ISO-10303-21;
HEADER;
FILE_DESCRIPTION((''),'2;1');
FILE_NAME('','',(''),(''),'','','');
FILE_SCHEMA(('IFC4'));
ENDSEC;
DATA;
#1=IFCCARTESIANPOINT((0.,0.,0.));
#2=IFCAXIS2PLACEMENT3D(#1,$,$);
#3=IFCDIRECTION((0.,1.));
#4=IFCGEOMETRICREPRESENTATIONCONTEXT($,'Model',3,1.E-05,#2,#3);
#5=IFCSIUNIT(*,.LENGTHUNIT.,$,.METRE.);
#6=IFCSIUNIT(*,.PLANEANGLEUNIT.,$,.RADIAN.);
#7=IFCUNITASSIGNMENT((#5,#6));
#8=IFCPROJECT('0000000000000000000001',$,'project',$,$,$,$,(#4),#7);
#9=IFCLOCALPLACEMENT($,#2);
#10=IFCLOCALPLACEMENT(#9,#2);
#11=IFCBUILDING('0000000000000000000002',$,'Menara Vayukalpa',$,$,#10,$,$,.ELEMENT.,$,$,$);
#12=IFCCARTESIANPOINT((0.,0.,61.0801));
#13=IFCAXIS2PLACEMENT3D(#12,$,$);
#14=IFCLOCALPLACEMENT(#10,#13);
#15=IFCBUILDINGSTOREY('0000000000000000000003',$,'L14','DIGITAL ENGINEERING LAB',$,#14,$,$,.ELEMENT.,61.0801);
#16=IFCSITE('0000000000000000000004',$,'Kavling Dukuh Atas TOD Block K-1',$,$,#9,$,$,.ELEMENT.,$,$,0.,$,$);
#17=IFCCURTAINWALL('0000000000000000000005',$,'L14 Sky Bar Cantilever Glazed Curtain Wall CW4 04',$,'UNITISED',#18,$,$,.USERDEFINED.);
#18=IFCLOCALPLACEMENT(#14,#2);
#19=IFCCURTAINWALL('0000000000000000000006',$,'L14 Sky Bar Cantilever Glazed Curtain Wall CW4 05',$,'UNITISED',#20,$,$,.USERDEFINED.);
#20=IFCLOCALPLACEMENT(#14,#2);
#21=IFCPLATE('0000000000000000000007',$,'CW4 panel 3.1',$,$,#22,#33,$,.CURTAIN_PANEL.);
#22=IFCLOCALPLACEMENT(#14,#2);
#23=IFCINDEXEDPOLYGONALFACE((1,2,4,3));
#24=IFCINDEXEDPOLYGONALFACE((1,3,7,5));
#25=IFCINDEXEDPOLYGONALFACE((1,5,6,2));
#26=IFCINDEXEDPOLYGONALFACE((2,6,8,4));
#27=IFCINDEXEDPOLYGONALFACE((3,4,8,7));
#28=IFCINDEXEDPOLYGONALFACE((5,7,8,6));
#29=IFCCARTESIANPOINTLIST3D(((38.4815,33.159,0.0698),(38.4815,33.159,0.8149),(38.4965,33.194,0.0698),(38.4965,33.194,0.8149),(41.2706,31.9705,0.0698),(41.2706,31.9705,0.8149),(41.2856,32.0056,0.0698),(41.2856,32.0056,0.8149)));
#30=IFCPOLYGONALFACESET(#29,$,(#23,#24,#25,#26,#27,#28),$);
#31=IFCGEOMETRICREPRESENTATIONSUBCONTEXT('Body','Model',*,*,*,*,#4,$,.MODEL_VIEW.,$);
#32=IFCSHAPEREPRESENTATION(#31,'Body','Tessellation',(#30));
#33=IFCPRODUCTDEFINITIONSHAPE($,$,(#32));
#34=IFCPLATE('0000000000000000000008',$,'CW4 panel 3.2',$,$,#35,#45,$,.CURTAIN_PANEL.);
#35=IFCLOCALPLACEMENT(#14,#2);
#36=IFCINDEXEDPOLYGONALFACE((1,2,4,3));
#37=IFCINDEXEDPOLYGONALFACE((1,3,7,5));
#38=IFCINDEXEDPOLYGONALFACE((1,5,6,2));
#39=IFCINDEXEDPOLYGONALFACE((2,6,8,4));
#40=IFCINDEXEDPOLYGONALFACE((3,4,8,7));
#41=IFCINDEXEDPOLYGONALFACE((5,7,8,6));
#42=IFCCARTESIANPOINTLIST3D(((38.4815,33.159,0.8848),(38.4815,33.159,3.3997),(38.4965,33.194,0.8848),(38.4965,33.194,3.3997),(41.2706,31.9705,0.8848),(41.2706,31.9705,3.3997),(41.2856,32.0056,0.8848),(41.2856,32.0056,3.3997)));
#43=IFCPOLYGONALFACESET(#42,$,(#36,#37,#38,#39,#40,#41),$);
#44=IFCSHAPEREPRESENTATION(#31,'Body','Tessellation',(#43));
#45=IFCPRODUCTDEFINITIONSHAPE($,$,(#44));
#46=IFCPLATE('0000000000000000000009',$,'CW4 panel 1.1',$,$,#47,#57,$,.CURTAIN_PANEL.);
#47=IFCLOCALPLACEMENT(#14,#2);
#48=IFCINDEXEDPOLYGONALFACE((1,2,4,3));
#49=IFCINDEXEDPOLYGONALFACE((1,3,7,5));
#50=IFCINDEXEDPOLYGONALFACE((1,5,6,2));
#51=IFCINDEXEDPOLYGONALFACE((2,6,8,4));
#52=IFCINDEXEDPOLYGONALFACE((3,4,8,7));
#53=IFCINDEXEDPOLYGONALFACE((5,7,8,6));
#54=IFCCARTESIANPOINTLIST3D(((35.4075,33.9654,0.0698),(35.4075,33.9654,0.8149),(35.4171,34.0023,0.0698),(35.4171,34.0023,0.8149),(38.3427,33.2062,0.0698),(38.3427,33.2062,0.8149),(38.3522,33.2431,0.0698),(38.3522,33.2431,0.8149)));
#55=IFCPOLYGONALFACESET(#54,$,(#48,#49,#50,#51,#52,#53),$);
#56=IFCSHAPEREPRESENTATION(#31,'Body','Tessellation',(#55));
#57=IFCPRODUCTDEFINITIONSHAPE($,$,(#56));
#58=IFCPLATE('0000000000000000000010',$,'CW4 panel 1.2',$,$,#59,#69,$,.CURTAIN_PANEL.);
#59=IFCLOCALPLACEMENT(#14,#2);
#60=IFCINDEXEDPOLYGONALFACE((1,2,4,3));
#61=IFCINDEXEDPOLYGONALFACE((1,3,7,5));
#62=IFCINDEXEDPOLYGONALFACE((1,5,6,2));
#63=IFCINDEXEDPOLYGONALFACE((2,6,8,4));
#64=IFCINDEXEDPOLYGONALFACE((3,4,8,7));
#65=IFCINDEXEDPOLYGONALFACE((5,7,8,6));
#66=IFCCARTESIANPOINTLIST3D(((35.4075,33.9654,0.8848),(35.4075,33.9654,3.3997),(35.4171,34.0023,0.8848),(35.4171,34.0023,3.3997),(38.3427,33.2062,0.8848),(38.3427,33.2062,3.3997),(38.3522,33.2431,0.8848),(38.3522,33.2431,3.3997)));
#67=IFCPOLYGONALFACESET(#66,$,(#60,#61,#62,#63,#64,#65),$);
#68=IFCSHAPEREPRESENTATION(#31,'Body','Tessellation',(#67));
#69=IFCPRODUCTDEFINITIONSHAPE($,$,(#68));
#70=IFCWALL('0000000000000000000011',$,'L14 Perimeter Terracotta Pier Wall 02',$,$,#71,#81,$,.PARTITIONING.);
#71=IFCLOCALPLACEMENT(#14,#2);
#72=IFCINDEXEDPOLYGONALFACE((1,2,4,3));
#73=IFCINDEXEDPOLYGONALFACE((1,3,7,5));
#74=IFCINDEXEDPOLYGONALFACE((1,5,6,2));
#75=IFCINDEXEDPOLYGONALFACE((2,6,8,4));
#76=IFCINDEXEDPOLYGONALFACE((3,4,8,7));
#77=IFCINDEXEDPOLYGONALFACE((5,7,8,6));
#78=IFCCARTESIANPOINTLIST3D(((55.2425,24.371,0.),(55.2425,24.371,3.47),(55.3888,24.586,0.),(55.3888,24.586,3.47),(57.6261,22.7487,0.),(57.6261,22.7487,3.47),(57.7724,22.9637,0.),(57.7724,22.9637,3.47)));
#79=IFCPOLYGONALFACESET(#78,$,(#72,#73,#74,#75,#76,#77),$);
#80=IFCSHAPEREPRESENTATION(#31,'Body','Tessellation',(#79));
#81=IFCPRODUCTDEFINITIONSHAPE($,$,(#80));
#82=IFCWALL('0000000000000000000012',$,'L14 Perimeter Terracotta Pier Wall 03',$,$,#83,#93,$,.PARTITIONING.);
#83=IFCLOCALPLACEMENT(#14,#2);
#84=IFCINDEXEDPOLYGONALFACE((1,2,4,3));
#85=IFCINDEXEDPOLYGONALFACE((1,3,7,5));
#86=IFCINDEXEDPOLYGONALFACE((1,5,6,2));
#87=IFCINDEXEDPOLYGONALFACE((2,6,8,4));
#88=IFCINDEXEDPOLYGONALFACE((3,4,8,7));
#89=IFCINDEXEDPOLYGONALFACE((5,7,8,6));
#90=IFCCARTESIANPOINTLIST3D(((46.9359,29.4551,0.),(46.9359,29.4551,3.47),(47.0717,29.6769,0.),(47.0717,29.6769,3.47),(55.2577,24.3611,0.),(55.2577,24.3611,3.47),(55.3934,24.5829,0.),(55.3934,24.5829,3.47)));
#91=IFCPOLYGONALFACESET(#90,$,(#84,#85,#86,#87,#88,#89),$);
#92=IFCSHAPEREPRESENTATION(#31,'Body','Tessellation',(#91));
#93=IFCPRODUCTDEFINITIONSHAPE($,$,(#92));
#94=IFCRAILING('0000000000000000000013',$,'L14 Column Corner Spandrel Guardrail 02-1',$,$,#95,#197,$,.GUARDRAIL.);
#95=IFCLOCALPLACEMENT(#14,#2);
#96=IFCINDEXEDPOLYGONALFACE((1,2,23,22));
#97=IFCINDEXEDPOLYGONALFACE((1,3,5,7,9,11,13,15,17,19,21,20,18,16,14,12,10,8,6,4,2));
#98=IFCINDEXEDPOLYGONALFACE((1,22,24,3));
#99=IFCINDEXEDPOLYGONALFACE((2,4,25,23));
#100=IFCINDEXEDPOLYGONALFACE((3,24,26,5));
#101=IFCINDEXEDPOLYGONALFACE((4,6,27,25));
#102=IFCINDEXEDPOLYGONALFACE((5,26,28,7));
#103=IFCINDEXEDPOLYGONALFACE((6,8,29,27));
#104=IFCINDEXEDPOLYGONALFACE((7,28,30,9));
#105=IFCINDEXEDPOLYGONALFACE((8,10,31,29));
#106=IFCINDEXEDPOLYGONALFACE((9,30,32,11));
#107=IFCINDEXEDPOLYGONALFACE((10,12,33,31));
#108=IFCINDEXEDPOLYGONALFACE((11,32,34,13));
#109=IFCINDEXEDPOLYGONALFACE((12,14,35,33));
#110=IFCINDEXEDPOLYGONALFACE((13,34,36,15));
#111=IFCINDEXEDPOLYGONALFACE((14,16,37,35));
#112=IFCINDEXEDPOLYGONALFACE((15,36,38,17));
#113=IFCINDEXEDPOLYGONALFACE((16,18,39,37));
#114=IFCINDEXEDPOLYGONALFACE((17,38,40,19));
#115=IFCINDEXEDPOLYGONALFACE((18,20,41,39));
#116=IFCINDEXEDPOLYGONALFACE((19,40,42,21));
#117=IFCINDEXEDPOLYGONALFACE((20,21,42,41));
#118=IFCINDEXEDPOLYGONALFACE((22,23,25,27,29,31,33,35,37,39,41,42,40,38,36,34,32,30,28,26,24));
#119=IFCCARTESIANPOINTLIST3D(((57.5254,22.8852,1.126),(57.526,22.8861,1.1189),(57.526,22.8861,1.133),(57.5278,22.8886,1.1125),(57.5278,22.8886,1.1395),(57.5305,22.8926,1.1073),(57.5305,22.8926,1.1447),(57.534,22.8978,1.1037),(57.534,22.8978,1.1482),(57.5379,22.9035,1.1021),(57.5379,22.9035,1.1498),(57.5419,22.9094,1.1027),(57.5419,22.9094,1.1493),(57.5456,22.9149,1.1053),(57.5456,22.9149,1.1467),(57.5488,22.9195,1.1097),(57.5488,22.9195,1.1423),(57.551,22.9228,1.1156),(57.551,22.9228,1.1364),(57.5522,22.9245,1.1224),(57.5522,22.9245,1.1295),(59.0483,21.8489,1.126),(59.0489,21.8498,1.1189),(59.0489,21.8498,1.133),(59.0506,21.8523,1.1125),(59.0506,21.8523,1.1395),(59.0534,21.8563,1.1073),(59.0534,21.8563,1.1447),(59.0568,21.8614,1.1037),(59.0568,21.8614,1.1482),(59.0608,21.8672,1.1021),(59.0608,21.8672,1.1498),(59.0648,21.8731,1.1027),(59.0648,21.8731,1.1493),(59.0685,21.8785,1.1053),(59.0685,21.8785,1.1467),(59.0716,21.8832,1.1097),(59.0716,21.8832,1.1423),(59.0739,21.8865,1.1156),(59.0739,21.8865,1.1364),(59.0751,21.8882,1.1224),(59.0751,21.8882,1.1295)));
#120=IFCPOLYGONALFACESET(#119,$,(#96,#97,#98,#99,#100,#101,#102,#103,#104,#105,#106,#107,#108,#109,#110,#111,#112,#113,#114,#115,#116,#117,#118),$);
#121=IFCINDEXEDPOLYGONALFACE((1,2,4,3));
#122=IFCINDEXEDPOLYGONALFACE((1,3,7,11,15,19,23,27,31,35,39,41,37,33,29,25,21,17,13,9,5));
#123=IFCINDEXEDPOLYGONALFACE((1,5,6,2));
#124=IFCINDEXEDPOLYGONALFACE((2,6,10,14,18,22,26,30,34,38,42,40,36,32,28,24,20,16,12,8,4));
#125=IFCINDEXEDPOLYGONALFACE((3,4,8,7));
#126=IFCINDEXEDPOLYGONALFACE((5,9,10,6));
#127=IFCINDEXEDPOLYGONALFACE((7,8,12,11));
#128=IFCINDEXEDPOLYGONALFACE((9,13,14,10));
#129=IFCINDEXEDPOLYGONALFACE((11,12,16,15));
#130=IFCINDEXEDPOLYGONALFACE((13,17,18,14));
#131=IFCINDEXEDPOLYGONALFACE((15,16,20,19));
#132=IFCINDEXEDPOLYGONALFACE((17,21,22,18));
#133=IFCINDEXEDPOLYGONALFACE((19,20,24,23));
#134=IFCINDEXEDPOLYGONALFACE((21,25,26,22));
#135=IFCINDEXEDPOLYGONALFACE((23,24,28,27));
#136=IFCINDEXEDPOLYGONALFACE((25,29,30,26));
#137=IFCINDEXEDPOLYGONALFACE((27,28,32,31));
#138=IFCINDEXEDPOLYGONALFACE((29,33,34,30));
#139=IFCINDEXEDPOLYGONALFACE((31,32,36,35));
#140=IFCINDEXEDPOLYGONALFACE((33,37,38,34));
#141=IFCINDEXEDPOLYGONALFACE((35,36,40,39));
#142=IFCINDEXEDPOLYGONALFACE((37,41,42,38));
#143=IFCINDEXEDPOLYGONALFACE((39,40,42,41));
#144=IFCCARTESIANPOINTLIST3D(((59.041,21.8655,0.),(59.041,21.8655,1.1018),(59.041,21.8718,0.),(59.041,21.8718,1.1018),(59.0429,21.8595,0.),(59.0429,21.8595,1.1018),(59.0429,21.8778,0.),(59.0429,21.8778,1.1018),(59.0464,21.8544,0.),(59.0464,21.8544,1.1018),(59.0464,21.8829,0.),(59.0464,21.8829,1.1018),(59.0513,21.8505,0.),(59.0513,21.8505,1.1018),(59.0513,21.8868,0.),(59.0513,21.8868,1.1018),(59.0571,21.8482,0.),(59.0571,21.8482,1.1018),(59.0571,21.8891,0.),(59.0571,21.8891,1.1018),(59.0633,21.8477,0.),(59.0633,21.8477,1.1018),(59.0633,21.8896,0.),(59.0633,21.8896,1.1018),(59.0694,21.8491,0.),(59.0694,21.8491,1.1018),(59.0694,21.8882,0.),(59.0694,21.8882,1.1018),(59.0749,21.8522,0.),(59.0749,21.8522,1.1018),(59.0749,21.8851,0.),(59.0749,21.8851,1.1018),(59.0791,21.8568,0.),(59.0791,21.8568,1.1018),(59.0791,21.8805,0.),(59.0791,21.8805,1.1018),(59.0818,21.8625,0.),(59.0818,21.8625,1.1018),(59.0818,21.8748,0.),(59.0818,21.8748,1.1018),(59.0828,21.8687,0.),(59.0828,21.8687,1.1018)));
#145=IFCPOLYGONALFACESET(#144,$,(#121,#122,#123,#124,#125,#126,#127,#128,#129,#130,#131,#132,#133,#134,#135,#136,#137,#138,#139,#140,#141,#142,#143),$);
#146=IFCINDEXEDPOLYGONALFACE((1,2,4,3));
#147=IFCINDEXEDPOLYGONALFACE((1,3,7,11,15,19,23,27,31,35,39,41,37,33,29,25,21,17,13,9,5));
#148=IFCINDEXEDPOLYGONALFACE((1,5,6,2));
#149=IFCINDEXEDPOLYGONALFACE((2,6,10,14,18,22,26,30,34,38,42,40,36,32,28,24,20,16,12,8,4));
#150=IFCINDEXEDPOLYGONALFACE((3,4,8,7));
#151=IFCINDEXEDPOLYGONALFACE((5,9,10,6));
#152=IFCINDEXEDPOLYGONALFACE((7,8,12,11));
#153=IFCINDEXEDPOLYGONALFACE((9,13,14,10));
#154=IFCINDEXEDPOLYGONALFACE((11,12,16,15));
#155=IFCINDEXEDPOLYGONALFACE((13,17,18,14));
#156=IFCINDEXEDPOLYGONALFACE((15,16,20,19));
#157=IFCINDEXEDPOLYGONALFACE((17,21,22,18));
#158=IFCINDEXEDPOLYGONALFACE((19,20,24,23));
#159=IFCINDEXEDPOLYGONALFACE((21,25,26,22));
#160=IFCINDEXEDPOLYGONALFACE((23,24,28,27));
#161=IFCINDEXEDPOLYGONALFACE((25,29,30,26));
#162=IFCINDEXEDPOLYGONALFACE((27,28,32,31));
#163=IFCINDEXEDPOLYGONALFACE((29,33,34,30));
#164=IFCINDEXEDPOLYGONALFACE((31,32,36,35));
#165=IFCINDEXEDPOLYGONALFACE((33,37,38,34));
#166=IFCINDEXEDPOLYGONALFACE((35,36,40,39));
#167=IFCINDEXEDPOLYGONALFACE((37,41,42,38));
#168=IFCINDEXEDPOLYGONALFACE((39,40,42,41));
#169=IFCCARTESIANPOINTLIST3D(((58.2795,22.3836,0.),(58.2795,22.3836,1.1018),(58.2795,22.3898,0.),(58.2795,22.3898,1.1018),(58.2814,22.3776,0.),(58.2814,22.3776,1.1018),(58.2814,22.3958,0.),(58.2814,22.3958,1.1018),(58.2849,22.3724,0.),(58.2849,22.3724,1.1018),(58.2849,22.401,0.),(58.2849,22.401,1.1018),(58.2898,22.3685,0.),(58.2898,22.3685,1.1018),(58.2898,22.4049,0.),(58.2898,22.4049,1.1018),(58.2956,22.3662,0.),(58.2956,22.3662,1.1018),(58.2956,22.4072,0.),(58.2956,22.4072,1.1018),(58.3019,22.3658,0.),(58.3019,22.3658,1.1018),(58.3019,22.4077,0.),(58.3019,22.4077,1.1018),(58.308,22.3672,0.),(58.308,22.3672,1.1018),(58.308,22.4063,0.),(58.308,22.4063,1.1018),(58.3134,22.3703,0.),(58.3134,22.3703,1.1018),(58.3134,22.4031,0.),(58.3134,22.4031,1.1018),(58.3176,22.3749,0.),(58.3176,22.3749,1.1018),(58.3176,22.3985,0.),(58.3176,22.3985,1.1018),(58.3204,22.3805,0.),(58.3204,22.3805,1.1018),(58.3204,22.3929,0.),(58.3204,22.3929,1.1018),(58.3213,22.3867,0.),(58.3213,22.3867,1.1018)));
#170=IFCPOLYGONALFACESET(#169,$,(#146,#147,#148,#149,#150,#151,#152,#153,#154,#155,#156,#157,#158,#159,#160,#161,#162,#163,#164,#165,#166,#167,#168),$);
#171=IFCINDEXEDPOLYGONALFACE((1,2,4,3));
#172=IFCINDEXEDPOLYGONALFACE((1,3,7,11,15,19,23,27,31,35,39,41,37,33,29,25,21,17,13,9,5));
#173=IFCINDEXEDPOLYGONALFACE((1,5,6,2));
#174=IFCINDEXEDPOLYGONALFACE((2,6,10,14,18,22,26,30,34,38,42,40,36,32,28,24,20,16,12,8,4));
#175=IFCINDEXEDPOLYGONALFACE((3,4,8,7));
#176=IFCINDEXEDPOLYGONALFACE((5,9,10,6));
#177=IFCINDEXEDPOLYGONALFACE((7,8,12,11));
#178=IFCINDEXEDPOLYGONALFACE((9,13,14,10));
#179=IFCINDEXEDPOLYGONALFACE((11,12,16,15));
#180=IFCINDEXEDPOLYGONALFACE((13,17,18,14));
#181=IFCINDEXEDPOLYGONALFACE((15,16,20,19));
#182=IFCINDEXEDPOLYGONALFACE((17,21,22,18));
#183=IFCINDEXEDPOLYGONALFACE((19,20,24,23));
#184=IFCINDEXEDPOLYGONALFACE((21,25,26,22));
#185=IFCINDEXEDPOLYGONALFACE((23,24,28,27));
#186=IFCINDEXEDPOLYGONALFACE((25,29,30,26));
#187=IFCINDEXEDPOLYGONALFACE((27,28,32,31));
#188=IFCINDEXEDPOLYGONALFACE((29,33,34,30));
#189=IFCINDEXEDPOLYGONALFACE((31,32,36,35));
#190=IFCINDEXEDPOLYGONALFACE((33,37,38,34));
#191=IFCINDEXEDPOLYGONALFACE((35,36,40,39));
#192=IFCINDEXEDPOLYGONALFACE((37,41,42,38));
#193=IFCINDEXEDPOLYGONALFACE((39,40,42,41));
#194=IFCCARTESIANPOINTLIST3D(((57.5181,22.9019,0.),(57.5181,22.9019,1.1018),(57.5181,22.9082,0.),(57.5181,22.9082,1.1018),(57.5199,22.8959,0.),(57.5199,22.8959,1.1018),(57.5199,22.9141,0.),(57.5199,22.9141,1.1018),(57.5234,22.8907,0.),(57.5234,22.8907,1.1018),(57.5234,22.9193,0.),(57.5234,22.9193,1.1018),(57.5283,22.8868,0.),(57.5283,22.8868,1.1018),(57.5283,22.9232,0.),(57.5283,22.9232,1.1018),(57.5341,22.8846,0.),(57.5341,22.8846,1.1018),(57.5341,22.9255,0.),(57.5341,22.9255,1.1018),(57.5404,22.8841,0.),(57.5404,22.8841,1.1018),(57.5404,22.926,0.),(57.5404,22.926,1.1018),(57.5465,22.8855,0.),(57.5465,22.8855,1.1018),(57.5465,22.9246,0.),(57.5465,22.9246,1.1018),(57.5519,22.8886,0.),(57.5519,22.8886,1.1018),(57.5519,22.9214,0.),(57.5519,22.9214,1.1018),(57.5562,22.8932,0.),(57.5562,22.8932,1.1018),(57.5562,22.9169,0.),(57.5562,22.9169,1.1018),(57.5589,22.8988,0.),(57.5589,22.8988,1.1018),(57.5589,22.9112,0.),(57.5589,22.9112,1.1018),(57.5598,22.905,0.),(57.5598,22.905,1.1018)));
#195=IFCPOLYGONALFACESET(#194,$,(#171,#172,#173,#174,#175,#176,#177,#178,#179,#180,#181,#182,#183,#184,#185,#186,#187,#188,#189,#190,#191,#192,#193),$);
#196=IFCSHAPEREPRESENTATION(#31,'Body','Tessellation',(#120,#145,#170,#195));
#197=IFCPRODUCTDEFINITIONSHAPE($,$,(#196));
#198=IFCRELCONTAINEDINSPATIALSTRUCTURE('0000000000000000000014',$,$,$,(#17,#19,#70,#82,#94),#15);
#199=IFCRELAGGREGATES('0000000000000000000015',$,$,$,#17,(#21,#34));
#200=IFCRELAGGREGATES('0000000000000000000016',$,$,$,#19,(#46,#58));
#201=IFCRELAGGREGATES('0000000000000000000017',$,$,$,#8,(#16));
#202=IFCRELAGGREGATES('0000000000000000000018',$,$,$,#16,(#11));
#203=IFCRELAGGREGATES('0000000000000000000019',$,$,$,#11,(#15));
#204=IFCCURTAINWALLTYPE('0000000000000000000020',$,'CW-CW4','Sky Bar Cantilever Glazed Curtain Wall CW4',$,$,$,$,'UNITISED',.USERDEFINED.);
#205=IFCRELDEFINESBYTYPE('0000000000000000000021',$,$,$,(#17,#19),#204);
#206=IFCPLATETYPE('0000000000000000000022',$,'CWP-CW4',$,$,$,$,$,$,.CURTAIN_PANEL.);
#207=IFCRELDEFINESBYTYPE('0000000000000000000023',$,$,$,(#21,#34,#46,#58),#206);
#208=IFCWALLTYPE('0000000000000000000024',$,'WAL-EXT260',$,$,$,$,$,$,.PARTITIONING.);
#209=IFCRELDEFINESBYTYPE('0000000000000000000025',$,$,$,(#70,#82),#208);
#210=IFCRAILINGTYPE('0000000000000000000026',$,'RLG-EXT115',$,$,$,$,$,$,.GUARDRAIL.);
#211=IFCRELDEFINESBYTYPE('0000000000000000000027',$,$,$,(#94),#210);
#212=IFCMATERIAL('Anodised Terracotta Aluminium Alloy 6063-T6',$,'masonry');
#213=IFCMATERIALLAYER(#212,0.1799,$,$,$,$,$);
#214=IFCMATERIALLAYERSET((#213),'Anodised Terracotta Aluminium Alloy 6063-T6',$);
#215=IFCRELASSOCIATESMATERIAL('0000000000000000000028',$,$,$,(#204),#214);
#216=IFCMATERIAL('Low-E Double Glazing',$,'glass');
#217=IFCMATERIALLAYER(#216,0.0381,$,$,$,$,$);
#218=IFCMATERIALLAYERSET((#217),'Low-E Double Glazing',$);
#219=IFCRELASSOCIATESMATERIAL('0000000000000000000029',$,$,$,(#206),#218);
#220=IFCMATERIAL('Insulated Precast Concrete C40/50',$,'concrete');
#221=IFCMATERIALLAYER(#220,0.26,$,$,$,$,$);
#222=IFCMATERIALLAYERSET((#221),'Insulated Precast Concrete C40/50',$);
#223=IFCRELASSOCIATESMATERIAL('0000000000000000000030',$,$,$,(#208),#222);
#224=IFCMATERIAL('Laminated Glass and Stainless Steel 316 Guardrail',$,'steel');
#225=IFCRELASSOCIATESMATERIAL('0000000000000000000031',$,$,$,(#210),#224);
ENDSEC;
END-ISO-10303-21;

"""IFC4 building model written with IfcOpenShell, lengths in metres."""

from ifc_helpers import new_model, si_unit, direction, frame, frame_2d, origin, origin_2d, place, context, subcontext, project, spatial, rectangle, circle, extrude, material, layer, layer_set, type_object, element, aggregate, save


model = new_model("IFC4")

# Units and contexts
model_context = context("Model", 3, precision=1e-05, world=origin(), true_north=direction((0.0, 1.0)))
body_context = subcontext(model_context, "Body", "Model", "MODEL_VIEW")
ifc_project = project(units=[si_unit("LENGTHUNIT", "METRE"), si_unit("PLANEANGLEUNIT", "RADIAN")], contexts=[model_context])

# Site, building, storey
site_placement = place(None, origin())
site = spatial("IfcSite", under=ifc_project, at=site_placement, Name="Kavling Dukuh Atas TOD Block K-1", CompositionType="ELEMENT", RefElevation=0.0)
building_placement = place(site_placement, origin())
building = spatial("IfcBuilding", under=site, at=building_placement, Name="Menara Vayukalpa", CompositionType="ELEMENT")
storey_placement = place(building_placement, frame((0.0, 0.0, 61.0801)))
storey = spatial("IfcBuildingStorey", under=building, at=storey_placement, Name="L14", Description="DIGITAL ENGINEERING LAB", CompositionType="ELEMENT", Elevation=61.0801)

# Curtain walls
ifc_material_1 = material(Name="Anodised Terracotta Aluminium Alloy 6063-T6", Category="masonry")
ifc_layer_1 = layer(ifc_material_1, 0.1799)
ifc_layer_set_1 = layer_set([ifc_layer_1], Name="Anodised Terracotta Aluminium Alloy 6063-T6")
curtain_wall_type = type_object("IfcCurtainWallType", Name="CW-CW4", Description="Sky Bar Cantilever Glazed Curtain Wall CW4", ElementType="UNITISED", PredefinedType="USERDEFINED", material=ifc_layer_set_1)
curtain_wall_1_placement = place(storey_placement, origin())
curtain_wall_1 = element("IfcCurtainWall", 1, at=curtain_wall_1_placement, inside=storey, type_object=curtain_wall_type, Name="L14 Sky Bar Cantilever Glazed Curtain Wall CW4 04", ObjectType="UNITISED", PredefinedType="USERDEFINED")
curtain_wall_2_placement = place(storey_placement, origin())
curtain_wall_2 = element("IfcCurtainWall", 2, at=curtain_wall_2_placement, inside=storey, type_object=curtain_wall_type, Name="L14 Sky Bar Cantilever Glazed Curtain Wall CW4 05", ObjectType="UNITISED", PredefinedType="USERDEFINED")

# Plates
ifc_material_2 = material(Name="Low-E Double Glazing", Category="glass")
ifc_layer_2 = layer(ifc_material_2, 0.0381)
ifc_layer_set_2 = layer_set([ifc_layer_2], Name="Low-E Double Glazing")
plate_type = type_object("IfcPlateType", Name="CWP-CW4", PredefinedType="CURTAIN_PANEL", material=ifc_layer_set_2)
plate_1_placement = place(storey_placement, frame((39.8835, 32.5823, 0.0698), z_axis=(0.0, 0.0, 1.0), x_axis=(-0.919962, 0.392008, 0.0)))
plate_1 = element("IfcPlate", 3, at=plate_1_placement, type_object=plate_type, Name="CW4 panel 3.1", PredefinedType="CURTAIN_PANEL", context=body_context, shape_type="SweptSolid", body=[
    extrude(rectangle(XDim=3.0317, YDim=0.0381, at=origin_2d()), origin(), (0.0, 0.0, 1.0), 0.7451),
])
plate_2_placement = place(storey_placement, frame((39.8835, 32.5823, 0.8848), z_axis=(0.0, 0.0, 1.0), x_axis=(-0.919962, 0.392008, 0.0)))
plate_2 = element("IfcPlate", 4, at=plate_2_placement, type_object=plate_type, Name="CW4 panel 3.2", PredefinedType="CURTAIN_PANEL", context=body_context, shape_type="SweptSolid", body=[
    extrude(rectangle(XDim=3.0317, YDim=0.0381, at=origin_2d()), origin(), (0.0, 0.0, 1.0), 2.5149),
])
aggregate(curtain_wall_1, [plate_1, plate_2])
plate_3_placement = place(storey_placement, frame((36.8799, 33.6042, 0.0698), z_axis=(0.0, 0.0, 1.0), x_axis=(-0.968142, 0.250403, 0.0)))
plate_3 = element("IfcPlate", 5, at=plate_3_placement, type_object=plate_type, Name="CW4 panel 1.1", PredefinedType="CURTAIN_PANEL", context=body_context, shape_type="SweptSolid", body=[
    extrude(rectangle(XDim=3.0317, YDim=0.0381, at=origin_2d()), origin(), (0.0, 0.0, 1.0), 0.7451),
])
plate_4_placement = place(storey_placement, frame((36.8799, 33.6042, 0.8848), z_axis=(0.0, 0.0, 1.0), x_axis=(-0.968142, 0.250403, 0.0)))
plate_4 = element("IfcPlate", 6, at=plate_4_placement, type_object=plate_type, Name="CW4 panel 1.2", PredefinedType="CURTAIN_PANEL", context=body_context, shape_type="SweptSolid", body=[
    extrude(rectangle(XDim=3.0317, YDim=0.0381, at=origin_2d()), origin(), (0.0, 0.0, 1.0), 2.5149),
])
aggregate(curtain_wall_2, [plate_3, plate_4])

# Walls
ifc_material_3 = material(Name="Insulated Precast Concrete C40/50", Category="concrete")
ifc_layer_3 = layer(ifc_material_3, 0.26)
ifc_layer_set_3 = layer_set([ifc_layer_3], Name="Insulated Precast Concrete C40/50")
wall_type = type_object("IfcWallType", Name="WAL-EXT260", PredefinedType="PARTITIONING", material=ifc_layer_set_3)
wall_1_placement = place(storey_placement, frame((55.3157, 24.4785, 0.0), z_axis=(0.0, 0.0, 1.0), x_axis=(0.826684, -0.562667, 0.0)))
element("IfcWall", 7, at=wall_1_placement, inside=storey, type_object=wall_type, Name="L14 Perimeter Terracotta Pier Wall 02", PredefinedType="PARTITIONING", context=body_context, shape_type="SweptSolid", body=[
    extrude(rectangle(XDim=2.8833, YDim=0.26, at=frame_2d((1.4417, 0.0))), origin(), (0.0, 0.0, 1.0), 3.47),
])
wall_2_placement = place(storey_placement, frame((47.0039, 29.5659, 0.0), z_axis=(0.0, 0.0, 1.0), x_axis=(0.852896, -0.522081, 0.0)))
element("IfcWall", 8, at=wall_2_placement, inside=storey, type_object=wall_type, Name="L14 Perimeter Terracotta Pier Wall 03", PredefinedType="PARTITIONING", context=body_context, shape_type="SweptSolid", body=[
    extrude(rectangle(XDim=9.7571, YDim=0.26, at=frame_2d((4.8784, 0.0))), origin(), (0.0, 0.0, 1.0), 3.47),
])

# Railing
ifc_material_4 = material(Name="Laminated Glass and Stainless Steel 316 Guardrail", Category="steel")
railing_type = type_object("IfcRailingType", Name="RLG-EXT115", PredefinedType="GUARDRAIL", material=ifc_material_4)
railing_placement = place(storey_placement, frame((59.0618, 21.8687, 0.0)))
element("IfcRailing", 9, at=railing_placement, inside=storey, type_object=railing_type, Name="L14 Column Corner Spandrel Guardrail 02-1", PredefinedType="GUARDRAIL", context=body_context, shape_type="SweptSolid", body=[
    extrude(circle(Radius=0.0239, at=origin_2d()), frame((0.0, 0.0, 1.126), z_axis=(-0.826732, 0.562596, 0.0), x_axis=(-0.562596, -0.826732, 0.0)), (0.0, 0.0, 1.0), 1.842),
    extrude(circle(Radius=0.021, at=origin_2d()), origin(), (0.0, 0.0, 1.0), 1.1018),
    extrude(circle(Radius=0.021, at=origin_2d()), frame((-0.7615, 0.5181, 0.0)), (0.0, 0.0, 1.0), 1.1018),
    extrude(circle(Radius=0.021, at=origin_2d()), frame((-1.5229, 1.0364, 0.0)), (0.0, 0.0, 1.0), 1.1018),
])

save(model, "model.ifc")
